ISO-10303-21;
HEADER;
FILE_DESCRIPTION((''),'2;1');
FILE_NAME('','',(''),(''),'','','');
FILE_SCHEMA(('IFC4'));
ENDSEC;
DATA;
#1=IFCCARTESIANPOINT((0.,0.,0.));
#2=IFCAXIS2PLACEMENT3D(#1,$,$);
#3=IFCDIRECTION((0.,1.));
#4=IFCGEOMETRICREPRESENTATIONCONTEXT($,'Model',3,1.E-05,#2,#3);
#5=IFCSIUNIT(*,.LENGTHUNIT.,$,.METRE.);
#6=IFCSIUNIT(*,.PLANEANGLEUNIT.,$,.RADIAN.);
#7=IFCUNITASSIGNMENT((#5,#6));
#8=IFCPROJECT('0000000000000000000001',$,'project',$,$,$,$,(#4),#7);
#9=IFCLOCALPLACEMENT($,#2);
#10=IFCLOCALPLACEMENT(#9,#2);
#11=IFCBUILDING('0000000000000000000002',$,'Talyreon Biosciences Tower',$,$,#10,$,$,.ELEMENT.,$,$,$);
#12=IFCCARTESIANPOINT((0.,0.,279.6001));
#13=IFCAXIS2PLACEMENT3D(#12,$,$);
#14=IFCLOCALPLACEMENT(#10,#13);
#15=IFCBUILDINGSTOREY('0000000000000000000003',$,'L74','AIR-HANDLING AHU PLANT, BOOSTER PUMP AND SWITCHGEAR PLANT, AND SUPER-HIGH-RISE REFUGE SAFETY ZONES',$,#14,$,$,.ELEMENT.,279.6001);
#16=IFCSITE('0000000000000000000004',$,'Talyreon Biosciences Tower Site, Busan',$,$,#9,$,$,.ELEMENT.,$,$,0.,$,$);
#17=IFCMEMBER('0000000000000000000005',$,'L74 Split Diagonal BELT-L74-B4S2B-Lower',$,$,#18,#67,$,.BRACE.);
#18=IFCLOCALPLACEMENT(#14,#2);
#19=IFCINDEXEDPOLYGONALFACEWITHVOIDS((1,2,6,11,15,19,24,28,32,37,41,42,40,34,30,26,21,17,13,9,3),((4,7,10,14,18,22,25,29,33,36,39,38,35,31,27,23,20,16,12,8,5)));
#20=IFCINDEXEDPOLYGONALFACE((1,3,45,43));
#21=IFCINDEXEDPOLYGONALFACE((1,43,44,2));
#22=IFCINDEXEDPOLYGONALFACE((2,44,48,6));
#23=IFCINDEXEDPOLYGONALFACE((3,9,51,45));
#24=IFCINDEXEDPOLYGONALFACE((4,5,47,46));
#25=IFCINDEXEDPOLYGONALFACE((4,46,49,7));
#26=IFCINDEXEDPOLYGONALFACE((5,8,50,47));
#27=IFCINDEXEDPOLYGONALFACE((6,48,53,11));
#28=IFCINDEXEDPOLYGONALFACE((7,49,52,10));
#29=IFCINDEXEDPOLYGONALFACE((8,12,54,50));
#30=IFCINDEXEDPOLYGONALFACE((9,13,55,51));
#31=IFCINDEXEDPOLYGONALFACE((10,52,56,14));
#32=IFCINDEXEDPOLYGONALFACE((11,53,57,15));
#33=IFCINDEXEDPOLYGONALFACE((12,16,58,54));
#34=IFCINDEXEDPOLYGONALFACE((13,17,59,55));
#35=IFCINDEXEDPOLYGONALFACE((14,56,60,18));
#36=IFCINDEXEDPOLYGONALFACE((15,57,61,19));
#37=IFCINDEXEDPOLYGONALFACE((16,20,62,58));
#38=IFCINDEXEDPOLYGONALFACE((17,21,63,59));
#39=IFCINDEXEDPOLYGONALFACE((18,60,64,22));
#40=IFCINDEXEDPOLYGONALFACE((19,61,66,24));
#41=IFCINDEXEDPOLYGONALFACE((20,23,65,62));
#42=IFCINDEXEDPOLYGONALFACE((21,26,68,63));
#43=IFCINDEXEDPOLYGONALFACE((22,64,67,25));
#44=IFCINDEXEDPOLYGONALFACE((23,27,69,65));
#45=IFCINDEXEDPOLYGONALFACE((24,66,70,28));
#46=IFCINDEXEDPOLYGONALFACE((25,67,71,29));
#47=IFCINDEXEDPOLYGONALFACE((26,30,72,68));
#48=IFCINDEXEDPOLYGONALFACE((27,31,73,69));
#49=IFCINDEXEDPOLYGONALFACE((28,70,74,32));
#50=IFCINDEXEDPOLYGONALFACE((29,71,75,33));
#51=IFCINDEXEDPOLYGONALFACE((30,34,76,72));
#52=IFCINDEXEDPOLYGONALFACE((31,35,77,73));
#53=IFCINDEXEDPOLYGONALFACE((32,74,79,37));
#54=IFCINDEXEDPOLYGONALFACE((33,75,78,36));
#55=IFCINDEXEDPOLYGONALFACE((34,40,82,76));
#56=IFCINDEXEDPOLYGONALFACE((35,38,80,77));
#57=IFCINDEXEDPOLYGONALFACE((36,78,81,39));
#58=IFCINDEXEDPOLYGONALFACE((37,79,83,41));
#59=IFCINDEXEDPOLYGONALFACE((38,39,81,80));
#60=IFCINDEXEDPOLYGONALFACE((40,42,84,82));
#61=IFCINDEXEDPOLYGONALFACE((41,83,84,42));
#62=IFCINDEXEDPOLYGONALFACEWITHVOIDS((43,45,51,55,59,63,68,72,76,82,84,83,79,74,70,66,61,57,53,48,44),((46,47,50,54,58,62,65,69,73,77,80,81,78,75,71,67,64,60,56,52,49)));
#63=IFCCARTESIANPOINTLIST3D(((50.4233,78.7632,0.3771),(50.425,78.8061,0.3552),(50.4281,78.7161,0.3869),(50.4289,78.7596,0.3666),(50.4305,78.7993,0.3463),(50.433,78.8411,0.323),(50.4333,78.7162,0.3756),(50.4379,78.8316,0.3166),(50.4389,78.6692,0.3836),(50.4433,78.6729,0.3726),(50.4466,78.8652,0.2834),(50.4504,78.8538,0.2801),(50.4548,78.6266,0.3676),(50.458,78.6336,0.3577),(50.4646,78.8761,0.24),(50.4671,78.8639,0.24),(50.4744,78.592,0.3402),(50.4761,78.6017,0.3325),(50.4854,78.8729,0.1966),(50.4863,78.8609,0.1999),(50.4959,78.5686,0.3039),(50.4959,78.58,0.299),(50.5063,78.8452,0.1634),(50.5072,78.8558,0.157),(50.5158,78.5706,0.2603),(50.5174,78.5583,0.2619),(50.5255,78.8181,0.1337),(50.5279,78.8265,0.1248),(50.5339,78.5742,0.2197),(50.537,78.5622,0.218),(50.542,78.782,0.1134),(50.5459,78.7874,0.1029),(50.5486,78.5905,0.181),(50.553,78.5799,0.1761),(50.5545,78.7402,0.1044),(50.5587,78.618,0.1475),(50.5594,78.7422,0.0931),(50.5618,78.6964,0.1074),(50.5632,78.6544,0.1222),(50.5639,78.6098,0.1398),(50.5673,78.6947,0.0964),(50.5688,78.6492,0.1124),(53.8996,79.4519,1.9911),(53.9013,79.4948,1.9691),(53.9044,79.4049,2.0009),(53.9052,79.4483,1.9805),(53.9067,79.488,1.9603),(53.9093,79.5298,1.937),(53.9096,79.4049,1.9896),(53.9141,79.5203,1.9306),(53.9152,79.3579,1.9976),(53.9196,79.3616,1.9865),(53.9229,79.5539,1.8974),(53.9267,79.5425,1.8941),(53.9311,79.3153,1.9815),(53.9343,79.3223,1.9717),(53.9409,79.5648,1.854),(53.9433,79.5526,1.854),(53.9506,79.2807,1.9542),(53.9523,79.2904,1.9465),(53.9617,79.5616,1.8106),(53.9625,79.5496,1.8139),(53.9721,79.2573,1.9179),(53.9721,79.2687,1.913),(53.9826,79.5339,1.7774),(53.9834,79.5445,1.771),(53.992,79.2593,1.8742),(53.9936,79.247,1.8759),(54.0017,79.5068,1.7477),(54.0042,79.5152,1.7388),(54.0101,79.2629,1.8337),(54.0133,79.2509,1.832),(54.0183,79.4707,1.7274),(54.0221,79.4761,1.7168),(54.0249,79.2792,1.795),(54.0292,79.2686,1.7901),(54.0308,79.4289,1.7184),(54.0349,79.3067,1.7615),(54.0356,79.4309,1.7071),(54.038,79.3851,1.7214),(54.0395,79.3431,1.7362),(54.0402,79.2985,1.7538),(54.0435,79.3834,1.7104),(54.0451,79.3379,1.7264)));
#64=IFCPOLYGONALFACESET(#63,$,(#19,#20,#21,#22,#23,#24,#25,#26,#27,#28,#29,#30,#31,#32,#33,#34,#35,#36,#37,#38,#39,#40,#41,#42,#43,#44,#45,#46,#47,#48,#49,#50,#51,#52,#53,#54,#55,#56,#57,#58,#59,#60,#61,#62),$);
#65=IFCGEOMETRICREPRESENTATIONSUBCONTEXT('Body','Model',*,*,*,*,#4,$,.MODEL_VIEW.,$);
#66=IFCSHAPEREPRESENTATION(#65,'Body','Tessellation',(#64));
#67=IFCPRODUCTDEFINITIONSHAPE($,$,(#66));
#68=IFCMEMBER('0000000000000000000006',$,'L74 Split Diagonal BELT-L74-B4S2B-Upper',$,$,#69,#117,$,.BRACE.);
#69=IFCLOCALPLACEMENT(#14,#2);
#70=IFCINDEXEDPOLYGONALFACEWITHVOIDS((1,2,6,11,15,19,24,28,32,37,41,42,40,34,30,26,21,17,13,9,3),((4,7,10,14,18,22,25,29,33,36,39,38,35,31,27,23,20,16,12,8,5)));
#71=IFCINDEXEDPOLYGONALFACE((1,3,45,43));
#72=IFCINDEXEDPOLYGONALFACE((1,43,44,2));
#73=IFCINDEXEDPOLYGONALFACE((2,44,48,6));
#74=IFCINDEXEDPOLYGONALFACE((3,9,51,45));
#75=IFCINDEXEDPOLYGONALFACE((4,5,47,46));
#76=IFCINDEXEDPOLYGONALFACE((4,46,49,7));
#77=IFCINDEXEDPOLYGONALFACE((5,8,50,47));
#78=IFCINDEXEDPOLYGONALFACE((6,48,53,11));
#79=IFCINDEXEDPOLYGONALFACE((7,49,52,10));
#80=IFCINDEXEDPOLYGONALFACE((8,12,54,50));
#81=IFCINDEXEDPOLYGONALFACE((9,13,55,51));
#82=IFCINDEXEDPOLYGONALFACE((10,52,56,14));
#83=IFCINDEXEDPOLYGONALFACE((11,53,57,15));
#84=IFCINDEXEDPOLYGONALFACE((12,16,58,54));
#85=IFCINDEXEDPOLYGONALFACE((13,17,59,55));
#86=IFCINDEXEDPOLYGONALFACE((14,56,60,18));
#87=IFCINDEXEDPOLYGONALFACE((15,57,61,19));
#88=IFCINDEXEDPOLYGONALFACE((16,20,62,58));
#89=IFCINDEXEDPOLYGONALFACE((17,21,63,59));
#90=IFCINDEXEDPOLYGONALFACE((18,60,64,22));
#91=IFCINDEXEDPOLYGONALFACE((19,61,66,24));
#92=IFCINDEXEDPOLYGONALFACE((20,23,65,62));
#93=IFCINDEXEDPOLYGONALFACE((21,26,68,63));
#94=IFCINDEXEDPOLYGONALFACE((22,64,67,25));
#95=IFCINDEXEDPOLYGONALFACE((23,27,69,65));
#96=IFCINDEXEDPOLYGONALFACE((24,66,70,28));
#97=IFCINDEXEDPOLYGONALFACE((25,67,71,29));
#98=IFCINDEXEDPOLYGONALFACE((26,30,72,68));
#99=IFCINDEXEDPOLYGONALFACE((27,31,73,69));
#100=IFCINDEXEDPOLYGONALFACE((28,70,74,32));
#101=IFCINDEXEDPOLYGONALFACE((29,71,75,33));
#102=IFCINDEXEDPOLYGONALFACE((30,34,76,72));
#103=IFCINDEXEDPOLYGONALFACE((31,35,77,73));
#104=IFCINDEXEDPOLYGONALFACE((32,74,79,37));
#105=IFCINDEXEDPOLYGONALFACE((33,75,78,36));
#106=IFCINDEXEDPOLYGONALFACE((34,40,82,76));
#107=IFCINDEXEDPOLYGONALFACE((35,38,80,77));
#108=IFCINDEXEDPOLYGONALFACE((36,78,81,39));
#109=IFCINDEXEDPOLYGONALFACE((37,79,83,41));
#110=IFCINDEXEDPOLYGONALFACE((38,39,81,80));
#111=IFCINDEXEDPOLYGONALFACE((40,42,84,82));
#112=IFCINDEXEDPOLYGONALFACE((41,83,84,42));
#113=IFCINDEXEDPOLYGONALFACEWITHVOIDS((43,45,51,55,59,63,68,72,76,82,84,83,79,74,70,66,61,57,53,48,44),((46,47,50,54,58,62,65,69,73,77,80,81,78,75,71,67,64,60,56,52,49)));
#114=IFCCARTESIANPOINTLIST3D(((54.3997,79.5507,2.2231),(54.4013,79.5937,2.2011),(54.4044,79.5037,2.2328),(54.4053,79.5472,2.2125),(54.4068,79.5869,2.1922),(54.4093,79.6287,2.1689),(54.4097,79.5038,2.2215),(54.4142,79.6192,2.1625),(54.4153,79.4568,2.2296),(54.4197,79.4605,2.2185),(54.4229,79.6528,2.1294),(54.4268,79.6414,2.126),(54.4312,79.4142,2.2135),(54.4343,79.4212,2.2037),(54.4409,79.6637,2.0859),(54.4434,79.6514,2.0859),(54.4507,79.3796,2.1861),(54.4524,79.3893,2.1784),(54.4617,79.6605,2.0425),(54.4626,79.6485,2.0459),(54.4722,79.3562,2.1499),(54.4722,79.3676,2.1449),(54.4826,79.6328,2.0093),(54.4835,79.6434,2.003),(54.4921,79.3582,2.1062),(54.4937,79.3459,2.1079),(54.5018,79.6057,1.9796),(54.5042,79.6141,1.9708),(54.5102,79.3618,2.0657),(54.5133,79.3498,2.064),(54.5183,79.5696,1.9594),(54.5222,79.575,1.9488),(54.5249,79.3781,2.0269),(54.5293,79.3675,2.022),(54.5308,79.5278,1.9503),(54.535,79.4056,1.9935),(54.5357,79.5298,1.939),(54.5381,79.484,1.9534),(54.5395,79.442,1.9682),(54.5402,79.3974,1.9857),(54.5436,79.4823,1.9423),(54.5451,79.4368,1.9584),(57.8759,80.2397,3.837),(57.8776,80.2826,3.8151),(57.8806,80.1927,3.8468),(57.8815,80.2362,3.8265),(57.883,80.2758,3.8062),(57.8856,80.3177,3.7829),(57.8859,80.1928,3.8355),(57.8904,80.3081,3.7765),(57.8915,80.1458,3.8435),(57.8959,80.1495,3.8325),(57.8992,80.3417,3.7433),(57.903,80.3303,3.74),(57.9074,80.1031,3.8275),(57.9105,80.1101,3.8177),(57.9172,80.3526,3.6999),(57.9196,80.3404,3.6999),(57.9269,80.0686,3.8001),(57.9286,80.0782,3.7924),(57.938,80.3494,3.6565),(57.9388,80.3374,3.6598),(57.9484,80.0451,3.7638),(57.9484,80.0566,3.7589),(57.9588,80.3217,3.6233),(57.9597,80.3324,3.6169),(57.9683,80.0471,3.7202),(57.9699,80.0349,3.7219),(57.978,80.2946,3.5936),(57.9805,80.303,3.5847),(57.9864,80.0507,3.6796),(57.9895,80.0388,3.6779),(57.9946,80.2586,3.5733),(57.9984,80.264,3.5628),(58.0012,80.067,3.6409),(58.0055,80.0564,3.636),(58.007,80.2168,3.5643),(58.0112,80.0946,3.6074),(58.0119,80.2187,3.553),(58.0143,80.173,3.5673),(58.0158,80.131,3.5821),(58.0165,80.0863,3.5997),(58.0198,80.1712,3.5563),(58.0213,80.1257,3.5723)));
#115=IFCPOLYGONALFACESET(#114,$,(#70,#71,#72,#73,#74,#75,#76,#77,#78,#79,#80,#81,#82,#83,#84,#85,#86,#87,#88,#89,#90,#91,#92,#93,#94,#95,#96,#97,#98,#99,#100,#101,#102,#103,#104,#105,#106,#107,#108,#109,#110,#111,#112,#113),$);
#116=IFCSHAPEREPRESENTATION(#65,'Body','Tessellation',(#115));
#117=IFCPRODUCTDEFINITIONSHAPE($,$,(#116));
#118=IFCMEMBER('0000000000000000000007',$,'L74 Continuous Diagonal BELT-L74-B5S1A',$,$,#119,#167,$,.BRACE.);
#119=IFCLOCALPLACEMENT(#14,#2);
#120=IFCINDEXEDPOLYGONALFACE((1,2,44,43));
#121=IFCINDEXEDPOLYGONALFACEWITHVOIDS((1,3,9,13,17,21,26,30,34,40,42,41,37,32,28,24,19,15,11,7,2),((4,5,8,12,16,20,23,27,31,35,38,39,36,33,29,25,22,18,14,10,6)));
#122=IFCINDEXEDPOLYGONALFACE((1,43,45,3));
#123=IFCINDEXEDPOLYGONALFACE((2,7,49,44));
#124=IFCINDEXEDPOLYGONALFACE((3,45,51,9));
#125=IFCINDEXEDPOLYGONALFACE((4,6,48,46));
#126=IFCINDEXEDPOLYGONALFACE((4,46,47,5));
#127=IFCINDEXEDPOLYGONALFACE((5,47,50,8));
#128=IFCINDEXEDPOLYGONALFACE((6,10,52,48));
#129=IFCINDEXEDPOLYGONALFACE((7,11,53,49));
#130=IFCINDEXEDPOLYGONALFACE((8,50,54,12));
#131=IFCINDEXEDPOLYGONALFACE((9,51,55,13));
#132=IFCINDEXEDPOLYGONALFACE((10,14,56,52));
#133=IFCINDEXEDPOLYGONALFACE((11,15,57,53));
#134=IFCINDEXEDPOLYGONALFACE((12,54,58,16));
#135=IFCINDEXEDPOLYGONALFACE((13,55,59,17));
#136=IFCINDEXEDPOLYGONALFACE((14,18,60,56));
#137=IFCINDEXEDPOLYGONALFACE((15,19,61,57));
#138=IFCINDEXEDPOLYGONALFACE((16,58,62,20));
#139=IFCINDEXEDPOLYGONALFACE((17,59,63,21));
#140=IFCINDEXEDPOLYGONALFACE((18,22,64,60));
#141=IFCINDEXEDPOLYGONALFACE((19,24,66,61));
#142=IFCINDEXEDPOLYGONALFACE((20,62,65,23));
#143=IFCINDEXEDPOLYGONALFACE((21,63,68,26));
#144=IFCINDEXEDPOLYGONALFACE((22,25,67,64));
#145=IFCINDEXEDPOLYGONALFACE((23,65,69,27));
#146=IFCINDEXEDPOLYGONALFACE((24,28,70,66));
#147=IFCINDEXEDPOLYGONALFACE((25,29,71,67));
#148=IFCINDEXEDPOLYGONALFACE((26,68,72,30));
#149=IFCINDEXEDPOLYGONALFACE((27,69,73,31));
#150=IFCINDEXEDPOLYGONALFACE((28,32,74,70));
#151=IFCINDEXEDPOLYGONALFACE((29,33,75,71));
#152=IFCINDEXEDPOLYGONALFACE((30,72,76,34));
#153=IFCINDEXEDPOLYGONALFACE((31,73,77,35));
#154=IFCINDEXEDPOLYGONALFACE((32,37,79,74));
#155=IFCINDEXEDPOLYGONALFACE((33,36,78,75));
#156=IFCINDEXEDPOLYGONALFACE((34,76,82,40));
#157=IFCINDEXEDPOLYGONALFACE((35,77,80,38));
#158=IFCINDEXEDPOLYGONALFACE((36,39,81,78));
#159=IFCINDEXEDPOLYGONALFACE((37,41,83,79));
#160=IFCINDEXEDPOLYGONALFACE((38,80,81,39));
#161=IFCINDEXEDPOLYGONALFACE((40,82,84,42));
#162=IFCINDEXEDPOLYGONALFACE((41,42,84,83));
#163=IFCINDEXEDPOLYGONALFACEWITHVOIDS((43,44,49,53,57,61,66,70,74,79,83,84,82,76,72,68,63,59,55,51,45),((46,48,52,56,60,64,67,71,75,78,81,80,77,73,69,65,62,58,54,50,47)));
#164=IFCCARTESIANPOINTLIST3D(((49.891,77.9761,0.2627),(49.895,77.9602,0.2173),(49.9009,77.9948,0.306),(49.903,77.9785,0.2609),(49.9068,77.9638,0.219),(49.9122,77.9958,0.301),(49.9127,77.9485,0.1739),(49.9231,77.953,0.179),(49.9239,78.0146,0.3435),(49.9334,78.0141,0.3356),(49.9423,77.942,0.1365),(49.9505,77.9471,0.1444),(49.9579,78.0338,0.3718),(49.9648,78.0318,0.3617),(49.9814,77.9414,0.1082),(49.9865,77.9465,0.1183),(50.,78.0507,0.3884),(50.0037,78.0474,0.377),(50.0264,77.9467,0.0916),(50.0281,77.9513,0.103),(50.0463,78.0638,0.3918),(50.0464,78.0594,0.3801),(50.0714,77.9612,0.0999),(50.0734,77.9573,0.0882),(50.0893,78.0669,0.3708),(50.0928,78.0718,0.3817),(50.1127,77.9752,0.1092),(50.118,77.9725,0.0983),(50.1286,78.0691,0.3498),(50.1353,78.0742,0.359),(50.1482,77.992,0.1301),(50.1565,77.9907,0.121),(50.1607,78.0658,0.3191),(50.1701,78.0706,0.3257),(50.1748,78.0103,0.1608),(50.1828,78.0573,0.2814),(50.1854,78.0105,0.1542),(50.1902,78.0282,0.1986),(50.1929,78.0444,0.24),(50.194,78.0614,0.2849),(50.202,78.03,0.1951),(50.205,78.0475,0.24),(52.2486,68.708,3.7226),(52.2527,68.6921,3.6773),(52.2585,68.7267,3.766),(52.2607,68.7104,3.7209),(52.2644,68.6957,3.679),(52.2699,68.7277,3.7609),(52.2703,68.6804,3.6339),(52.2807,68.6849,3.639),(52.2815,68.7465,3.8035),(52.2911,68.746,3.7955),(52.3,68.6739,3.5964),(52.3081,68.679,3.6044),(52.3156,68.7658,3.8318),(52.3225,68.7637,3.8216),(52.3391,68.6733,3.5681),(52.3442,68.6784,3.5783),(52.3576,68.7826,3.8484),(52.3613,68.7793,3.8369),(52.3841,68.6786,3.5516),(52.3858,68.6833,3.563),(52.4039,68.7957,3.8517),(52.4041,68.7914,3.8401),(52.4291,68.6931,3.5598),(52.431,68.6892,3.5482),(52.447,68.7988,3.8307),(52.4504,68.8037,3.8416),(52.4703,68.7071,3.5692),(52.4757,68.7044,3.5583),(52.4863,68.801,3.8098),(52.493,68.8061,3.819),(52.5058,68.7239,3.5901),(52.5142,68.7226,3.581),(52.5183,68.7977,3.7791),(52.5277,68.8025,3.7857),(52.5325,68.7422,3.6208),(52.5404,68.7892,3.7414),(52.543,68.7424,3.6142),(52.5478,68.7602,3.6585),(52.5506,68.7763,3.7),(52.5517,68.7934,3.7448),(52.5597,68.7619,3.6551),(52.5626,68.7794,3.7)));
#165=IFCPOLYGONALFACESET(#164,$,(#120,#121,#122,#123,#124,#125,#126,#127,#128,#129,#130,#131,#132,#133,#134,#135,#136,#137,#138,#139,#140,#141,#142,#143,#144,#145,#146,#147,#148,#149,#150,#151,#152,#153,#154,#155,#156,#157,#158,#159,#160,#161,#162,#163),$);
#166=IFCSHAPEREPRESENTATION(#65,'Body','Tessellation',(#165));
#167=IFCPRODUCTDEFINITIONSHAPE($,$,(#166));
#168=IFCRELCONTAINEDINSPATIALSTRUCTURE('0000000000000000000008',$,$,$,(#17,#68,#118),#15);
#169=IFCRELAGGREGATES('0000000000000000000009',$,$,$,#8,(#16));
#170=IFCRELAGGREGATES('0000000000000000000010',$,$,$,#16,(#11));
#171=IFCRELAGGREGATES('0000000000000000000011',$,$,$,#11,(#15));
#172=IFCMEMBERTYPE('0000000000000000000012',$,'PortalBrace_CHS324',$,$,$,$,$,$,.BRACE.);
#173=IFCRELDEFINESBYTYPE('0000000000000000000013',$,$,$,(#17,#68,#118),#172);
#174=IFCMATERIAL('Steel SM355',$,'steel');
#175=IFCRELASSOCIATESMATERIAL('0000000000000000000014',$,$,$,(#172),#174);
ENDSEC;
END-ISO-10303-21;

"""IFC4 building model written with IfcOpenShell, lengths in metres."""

from ifc_helpers import new_model, si_unit, direction, frame, origin, origin_2d, place, context, subcontext, project, spatial, hollow_circle, extrude, material, material_profile, profile_set, type_object, element, save


model = new_model("IFC4")

# Units and contexts
model_context = context("Model", 3, precision=1e-05, world=origin(), true_north=direction((0.0, 1.0)))
body_context = subcontext(model_context, "Body", "Model", "MODEL_VIEW")
ifc_project = project(units=[si_unit("LENGTHUNIT", "METRE"), si_unit("PLANEANGLEUNIT", "RADIAN")], contexts=[model_context])

# Site, building, storey
site_placement = place(None, origin())
site = spatial("IfcSite", under=ifc_project, at=site_placement, Name="Talyreon Biosciences Tower Site, Busan", CompositionType="ELEMENT", RefElevation=0.0)
building_placement = place(site_placement, origin())
building = spatial("IfcBuilding", under=site, at=building_placement, Name="Talyreon Biosciences Tower", CompositionType="ELEMENT")
storey_placement = place(building_placement, frame((0.0, 0.0, 279.6001)))
storey = spatial("IfcBuildingStorey", under=building, at=storey_placement, Name="L74", Description="AIR-HANDLING AHU PLANT, BOOSTER PUMP AND SWITCHGEAR PLANT, AND SUPER-HIGH-RISE REFUGE SAFETY ZONES", CompositionType="ELEMENT", Elevation=279.6001)

# Shared definitions
ifc_material_1 = material(Name="Steel SM355", Category="steel")

# Members
ifc_material_profile_1 = material_profile(ifc_material_1, hollow_circle(Radius=0.1619, WallThickness=0.0125, at=origin_2d()), Name="CHS 323.9x12.5")
ifc_profile_set_1 = profile_set([ifc_material_profile_1], Name="Steel SM355")
member_type_1 = type_object("IfcMemberType", Name="PortalBrace_CHS324", PredefinedType="BRACE", material=ifc_profile_set_1)
for number, where, z_axis, x_axis, name in (
    (1, (50.4961, 78.7173, 0.24), (0.89271, 0.176862, 0.414475), (-0.194341, 0.980934, 0.0), "L74 Split Diagonal BELT-L74-B4S2B-Lower"),
    (2, (54.4724, 79.5049, 2.0859), (0.8927, 0.176922, 0.41447), (-0.194407, 0.980921, 0.0), "L74 Split Diagonal BELT-L74-B4S2B-Upper"),
):
    element("IfcMember", number, at=place(storey_placement, frame(where, z_axis=z_axis, x_axis=x_axis)), inside=storey, type_object=member_type_1, Name=name, PredefinedType="BRACE", context=body_context, shape_type="SweptSolid", body=[
        extrude(hollow_circle(Radius=0.1619, WallThickness=0.0125, at=origin_2d()), origin(), (0.0, 0.0, 1.0), 3.894),
    ])
member_1_placement = place(storey_placement, frame((50.0481, 78.0076, 0.24), z_axis=(0.231828, -0.911323, 0.340216), x_axis=(0.969134, 0.246534, 0.0)))
element("IfcMember", 3, at=member_1_placement, inside=storey, type_object=member_type_1, Name="L74 Continuous Diagonal BELT-L74-B5S1A", PredefinedType="BRACE", context=body_context, shape_type="SweptSolid", body=[
    extrude(hollow_circle(Radius=0.1619, WallThickness=0.0125, at=origin_2d()), origin(), (0.0, 0.0, 1.0), 10.1699),
])

save(model, "model.ifc")
